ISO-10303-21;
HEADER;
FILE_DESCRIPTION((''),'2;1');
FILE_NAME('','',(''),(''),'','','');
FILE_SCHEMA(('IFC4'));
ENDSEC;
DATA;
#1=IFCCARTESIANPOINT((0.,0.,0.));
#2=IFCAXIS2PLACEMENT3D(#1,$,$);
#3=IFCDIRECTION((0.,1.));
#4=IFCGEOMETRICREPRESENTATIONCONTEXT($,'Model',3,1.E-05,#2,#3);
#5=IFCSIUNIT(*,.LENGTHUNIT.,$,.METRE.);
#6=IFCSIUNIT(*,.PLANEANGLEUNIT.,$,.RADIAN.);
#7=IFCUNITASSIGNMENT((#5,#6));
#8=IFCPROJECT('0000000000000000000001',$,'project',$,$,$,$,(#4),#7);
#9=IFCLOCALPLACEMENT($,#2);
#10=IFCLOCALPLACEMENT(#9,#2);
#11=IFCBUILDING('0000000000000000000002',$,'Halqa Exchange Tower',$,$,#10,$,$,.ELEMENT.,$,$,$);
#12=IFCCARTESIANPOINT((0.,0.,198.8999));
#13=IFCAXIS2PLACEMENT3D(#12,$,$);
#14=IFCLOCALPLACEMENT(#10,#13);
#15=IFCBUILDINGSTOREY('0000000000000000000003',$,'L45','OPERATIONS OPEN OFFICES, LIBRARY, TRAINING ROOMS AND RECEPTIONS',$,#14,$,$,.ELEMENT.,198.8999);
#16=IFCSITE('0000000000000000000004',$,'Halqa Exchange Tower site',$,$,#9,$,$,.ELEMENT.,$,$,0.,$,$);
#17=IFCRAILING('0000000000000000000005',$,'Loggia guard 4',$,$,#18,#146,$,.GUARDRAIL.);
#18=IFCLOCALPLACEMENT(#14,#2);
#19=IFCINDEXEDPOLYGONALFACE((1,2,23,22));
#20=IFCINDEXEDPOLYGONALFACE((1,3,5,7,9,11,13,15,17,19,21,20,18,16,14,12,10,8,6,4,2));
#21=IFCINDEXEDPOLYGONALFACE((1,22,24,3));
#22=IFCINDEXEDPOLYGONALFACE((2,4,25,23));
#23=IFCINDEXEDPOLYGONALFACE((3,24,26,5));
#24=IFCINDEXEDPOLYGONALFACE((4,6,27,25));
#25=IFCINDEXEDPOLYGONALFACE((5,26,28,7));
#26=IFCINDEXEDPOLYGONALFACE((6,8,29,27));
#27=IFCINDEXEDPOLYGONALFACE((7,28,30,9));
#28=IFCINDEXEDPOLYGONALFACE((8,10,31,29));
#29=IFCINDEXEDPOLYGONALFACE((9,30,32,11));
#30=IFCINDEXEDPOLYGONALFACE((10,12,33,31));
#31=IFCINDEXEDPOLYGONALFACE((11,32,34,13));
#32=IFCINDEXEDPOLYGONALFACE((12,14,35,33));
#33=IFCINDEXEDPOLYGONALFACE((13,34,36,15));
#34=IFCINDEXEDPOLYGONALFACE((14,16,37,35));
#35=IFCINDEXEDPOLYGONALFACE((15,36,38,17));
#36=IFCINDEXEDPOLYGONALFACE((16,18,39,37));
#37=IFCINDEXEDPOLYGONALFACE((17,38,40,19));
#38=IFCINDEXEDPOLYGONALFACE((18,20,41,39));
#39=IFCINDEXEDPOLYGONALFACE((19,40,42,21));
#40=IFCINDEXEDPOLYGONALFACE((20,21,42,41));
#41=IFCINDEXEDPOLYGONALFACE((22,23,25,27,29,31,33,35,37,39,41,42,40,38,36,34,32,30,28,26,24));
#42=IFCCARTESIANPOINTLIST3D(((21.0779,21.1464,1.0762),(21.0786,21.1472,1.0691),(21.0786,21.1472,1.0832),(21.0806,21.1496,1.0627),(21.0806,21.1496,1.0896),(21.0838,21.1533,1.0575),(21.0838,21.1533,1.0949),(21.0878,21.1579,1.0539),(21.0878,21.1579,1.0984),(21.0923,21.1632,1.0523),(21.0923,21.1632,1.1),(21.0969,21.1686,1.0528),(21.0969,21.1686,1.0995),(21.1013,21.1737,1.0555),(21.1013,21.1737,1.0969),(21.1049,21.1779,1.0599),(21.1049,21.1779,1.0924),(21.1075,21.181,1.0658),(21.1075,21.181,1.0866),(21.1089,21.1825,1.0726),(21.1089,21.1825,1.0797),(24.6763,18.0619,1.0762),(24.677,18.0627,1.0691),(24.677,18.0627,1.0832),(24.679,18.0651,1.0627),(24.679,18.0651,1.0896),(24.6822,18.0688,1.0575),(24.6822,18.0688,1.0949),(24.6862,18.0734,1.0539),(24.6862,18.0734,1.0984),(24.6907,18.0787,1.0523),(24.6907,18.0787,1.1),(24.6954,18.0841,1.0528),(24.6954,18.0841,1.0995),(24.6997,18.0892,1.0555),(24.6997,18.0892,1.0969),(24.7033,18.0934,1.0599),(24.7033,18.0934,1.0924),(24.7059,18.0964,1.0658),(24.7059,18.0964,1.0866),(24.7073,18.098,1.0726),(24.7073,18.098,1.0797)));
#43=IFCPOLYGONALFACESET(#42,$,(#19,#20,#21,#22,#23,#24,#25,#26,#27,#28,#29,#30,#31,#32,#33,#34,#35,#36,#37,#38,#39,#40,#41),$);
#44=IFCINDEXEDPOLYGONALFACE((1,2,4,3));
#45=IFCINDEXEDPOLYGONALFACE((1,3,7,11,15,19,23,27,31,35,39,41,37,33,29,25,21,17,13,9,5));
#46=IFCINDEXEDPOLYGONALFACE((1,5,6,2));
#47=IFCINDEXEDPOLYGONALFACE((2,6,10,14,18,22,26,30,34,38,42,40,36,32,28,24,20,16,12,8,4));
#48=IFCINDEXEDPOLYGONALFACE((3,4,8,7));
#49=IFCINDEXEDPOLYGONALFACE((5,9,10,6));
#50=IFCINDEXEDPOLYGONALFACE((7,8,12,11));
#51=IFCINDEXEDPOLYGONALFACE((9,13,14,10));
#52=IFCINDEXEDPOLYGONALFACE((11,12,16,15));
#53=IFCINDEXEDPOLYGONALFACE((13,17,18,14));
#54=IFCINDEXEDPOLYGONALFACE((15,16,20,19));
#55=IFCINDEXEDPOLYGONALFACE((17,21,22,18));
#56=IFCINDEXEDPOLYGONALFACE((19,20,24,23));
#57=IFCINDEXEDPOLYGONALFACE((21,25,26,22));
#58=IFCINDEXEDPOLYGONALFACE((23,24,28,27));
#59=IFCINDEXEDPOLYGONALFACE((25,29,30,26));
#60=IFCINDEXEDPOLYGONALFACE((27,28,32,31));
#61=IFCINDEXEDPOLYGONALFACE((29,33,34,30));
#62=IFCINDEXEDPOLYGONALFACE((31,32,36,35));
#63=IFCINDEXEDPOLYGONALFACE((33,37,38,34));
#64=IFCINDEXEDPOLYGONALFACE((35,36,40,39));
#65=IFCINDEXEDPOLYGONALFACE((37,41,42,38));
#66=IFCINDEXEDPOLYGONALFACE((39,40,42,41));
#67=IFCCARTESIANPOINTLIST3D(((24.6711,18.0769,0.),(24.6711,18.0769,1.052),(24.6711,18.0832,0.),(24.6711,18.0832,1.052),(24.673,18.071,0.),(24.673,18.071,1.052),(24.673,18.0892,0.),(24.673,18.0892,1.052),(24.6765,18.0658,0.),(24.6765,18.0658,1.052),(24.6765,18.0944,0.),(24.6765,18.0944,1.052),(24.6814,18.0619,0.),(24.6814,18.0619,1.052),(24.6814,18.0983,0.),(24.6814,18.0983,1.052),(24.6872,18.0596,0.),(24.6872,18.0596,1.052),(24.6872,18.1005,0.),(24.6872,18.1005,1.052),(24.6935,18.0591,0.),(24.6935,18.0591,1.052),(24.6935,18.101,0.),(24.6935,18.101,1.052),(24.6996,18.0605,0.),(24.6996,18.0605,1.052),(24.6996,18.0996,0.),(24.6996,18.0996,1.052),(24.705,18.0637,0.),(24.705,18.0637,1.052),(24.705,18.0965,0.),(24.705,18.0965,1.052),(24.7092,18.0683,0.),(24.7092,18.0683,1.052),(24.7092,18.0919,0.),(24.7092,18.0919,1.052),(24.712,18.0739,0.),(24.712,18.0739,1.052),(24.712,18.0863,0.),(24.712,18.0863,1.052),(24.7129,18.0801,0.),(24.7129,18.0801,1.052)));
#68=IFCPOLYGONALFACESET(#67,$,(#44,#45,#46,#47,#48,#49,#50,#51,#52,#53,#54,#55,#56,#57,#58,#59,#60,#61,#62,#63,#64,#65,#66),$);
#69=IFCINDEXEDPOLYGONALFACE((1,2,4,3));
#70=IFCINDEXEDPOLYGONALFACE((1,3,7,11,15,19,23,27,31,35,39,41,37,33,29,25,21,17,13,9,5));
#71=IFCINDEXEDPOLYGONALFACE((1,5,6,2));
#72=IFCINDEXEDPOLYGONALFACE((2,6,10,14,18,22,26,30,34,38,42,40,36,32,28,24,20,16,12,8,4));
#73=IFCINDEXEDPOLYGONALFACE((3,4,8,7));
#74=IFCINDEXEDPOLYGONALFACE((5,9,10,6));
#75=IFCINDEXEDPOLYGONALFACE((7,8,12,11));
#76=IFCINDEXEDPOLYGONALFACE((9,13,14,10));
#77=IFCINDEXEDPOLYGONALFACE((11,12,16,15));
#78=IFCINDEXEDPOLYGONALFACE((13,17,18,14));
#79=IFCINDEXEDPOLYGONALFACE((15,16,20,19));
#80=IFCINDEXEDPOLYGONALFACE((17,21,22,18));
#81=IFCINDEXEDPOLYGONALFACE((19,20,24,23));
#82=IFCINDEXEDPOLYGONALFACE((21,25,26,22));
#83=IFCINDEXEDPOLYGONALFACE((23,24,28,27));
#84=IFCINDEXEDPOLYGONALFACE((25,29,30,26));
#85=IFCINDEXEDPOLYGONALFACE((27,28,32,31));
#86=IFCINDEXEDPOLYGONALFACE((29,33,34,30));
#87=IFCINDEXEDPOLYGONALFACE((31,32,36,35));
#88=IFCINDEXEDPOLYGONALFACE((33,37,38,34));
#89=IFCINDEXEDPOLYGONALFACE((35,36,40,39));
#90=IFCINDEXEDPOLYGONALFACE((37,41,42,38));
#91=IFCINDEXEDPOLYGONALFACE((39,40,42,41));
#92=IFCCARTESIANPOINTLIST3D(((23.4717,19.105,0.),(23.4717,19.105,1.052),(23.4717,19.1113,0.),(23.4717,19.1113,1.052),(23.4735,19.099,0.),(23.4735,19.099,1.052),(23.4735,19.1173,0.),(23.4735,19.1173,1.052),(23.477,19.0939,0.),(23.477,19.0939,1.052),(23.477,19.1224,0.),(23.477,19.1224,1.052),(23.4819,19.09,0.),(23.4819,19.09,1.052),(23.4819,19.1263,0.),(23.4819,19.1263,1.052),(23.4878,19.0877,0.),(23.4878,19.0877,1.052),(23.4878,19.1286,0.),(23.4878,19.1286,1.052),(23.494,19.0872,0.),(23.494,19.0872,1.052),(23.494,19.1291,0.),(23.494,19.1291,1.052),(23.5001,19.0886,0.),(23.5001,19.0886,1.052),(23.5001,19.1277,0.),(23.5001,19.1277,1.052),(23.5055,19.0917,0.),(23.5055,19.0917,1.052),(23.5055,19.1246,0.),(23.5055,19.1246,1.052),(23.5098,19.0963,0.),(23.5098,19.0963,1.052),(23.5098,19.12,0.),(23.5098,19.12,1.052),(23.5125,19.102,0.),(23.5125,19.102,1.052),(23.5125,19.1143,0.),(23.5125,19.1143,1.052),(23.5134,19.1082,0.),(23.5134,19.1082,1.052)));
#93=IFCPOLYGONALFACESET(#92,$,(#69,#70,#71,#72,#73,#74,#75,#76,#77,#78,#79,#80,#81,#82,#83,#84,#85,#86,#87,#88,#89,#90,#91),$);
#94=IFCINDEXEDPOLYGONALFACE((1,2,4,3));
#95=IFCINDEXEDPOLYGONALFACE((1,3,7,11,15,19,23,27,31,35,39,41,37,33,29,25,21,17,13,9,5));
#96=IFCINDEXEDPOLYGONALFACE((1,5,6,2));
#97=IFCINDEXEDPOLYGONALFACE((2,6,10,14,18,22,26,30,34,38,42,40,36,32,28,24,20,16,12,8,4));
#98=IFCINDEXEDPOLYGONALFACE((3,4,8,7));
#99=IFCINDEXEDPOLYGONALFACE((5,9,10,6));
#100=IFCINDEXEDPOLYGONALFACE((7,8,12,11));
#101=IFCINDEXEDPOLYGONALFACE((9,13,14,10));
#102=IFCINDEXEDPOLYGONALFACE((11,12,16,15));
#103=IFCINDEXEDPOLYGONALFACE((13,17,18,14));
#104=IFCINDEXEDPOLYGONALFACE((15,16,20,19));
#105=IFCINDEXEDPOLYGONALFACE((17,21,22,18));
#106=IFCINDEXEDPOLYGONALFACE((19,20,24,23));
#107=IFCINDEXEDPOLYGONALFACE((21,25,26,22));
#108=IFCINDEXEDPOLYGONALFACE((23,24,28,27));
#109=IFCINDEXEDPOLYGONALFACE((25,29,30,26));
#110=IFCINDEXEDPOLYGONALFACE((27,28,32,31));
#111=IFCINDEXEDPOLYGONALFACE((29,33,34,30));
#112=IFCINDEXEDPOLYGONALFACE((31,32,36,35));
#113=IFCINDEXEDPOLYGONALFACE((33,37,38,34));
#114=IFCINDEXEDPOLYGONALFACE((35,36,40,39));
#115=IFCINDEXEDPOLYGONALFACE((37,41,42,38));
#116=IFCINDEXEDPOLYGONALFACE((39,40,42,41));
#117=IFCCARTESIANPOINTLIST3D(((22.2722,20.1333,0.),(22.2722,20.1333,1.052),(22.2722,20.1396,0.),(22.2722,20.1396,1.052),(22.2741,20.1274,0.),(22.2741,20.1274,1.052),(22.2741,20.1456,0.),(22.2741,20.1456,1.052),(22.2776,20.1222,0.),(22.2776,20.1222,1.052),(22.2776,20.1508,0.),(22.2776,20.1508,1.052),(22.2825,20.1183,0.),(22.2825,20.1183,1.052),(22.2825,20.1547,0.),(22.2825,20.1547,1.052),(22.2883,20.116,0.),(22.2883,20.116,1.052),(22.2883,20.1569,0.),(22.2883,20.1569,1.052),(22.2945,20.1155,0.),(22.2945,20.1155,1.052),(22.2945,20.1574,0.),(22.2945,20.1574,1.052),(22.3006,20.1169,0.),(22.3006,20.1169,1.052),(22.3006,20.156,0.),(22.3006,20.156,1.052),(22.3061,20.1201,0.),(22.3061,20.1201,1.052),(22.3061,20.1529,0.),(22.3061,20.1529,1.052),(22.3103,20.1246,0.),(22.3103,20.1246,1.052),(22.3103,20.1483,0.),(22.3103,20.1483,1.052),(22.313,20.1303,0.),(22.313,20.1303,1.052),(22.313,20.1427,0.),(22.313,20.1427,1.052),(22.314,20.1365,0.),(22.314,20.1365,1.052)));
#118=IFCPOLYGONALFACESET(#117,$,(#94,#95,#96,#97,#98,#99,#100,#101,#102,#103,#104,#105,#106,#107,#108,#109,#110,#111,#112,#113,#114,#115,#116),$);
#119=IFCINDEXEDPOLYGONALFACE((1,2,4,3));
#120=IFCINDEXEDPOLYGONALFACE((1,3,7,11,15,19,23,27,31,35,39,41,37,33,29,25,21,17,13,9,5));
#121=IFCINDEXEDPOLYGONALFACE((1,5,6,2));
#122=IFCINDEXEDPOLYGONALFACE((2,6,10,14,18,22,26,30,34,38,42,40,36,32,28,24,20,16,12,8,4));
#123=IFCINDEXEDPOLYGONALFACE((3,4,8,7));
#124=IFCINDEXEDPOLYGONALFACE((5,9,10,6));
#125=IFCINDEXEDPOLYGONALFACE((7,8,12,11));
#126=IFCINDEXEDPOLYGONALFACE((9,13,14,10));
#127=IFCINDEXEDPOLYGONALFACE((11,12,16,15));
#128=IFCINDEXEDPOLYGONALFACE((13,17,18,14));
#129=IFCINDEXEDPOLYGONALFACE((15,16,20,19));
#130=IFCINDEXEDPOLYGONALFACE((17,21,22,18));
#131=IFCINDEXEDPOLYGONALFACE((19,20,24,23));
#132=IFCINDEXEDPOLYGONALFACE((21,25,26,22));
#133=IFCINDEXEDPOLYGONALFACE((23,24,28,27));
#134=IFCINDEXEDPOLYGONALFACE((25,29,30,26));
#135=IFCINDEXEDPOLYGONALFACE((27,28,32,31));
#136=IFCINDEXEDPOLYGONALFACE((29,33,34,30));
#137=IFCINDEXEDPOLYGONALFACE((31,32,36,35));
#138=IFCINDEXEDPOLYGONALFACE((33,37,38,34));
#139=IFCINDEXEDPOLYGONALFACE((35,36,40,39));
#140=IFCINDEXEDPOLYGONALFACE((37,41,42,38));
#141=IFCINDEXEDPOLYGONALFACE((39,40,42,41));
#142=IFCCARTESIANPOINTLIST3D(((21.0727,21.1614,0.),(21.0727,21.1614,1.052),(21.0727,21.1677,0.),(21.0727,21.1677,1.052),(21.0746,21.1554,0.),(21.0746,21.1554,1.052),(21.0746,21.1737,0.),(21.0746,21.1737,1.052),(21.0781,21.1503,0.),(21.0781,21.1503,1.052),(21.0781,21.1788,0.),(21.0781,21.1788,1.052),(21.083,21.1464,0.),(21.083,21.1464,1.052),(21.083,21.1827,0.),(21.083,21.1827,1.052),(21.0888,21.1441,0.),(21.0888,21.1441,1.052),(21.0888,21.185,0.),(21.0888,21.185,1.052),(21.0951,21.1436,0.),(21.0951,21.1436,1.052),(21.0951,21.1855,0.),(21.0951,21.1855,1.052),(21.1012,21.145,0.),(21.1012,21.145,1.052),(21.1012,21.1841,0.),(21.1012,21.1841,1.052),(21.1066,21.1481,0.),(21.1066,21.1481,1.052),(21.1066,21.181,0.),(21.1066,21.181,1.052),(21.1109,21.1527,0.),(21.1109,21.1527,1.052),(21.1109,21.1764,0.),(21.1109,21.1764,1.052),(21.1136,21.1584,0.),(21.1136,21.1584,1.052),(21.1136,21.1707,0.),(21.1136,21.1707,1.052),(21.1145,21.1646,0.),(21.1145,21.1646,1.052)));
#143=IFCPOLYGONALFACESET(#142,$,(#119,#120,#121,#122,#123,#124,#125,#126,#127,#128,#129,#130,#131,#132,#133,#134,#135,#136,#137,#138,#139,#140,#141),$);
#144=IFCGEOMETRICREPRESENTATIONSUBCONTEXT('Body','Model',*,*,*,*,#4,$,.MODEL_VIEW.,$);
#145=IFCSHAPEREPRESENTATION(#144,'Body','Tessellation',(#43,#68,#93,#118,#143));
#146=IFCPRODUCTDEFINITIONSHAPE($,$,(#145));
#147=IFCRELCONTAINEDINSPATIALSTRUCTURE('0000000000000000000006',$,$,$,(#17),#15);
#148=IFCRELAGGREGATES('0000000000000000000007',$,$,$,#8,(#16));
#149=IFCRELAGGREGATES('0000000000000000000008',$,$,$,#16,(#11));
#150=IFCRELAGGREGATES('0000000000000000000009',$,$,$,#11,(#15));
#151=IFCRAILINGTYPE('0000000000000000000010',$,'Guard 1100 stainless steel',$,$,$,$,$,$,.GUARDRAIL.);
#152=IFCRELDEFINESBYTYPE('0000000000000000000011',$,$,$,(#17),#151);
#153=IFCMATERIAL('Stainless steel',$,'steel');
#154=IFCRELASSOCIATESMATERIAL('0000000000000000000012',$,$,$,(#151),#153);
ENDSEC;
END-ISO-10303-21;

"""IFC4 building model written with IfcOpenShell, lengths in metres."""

from ifc_helpers import new_model, si_unit, direction, frame, origin, origin_2d, place, context, subcontext, project, spatial, circle, extrude, material, type_object, element, save


model = new_model("IFC4")

# Units and contexts
model_context = context("Model", 3, precision=1e-05, world=origin(), true_north=direction((0.0, 1.0)))
body_context = subcontext(model_context, "Body", "Model", "MODEL_VIEW")
ifc_project = project(units=[si_unit("LENGTHUNIT", "METRE"), si_unit("PLANEANGLEUNIT", "RADIAN")], contexts=[model_context])

# Site, building, storey
site_placement = place(None, origin())
site = spatial("IfcSite", under=ifc_project, at=site_placement, Name="Halqa Exchange Tower site", CompositionType="ELEMENT", RefElevation=0.0)
building_placement = place(site_placement, origin())
building = spatial("IfcBuilding", under=site, at=building_placement, Name="Halqa Exchange Tower", CompositionType="ELEMENT")
storey_placement = place(building_placement, frame((0.0, 0.0, 198.8999)))
storey = spatial("IfcBuildingStorey", under=building, at=storey_placement, Name="L45", Description="OPERATIONS OPEN OFFICES, LIBRARY, TRAINING ROOMS AND RECEPTIONS", CompositionType="ELEMENT", Elevation=198.8999)

# Railing
ifc_material_1 = material(Name="Stainless steel", Category="steel")
railing_type = type_object("IfcRailingType", Name="Guard 1100 stainless steel", PredefinedType="GUARDRAIL", material=ifc_material_1)
railing_1_placement = place(storey_placement, frame((24.6919, 18.0801, 0.0)))
element("IfcRailing", 1, at=railing_1_placement, inside=storey, type_object=railing_type, Name="Loggia guard 4", PredefinedType="GUARDRAIL", context=body_context, shape_type="SweptSolid", body=[
    extrude(circle(Radius=0.0239, at=origin_2d()), frame((0.0, 0.0, 1.0762), z_axis=(-0.759242, 0.650808, 0.0), x_axis=(-0.650808, -0.759242, 0.0)), (0.0, 0.0, 1.0), 4.7395),
    extrude(circle(Radius=0.021, at=origin_2d()), origin(), (0.0, 0.0, 1.0), 1.052),
    extrude(circle(Radius=0.021, at=origin_2d()), frame((-1.1995, 1.0281, 0.0)), (0.0, 0.0, 1.0), 1.052),
    extrude(circle(Radius=0.021, at=origin_2d()), frame((-2.3989, 2.0564, 0.0)), (0.0, 0.0, 1.0), 1.052),
    extrude(circle(Radius=0.021, at=origin_2d()), frame((-3.5984, 3.0845, 0.0)), (0.0, 0.0, 1.0), 1.052),
])

save(model, "model.ifc")
